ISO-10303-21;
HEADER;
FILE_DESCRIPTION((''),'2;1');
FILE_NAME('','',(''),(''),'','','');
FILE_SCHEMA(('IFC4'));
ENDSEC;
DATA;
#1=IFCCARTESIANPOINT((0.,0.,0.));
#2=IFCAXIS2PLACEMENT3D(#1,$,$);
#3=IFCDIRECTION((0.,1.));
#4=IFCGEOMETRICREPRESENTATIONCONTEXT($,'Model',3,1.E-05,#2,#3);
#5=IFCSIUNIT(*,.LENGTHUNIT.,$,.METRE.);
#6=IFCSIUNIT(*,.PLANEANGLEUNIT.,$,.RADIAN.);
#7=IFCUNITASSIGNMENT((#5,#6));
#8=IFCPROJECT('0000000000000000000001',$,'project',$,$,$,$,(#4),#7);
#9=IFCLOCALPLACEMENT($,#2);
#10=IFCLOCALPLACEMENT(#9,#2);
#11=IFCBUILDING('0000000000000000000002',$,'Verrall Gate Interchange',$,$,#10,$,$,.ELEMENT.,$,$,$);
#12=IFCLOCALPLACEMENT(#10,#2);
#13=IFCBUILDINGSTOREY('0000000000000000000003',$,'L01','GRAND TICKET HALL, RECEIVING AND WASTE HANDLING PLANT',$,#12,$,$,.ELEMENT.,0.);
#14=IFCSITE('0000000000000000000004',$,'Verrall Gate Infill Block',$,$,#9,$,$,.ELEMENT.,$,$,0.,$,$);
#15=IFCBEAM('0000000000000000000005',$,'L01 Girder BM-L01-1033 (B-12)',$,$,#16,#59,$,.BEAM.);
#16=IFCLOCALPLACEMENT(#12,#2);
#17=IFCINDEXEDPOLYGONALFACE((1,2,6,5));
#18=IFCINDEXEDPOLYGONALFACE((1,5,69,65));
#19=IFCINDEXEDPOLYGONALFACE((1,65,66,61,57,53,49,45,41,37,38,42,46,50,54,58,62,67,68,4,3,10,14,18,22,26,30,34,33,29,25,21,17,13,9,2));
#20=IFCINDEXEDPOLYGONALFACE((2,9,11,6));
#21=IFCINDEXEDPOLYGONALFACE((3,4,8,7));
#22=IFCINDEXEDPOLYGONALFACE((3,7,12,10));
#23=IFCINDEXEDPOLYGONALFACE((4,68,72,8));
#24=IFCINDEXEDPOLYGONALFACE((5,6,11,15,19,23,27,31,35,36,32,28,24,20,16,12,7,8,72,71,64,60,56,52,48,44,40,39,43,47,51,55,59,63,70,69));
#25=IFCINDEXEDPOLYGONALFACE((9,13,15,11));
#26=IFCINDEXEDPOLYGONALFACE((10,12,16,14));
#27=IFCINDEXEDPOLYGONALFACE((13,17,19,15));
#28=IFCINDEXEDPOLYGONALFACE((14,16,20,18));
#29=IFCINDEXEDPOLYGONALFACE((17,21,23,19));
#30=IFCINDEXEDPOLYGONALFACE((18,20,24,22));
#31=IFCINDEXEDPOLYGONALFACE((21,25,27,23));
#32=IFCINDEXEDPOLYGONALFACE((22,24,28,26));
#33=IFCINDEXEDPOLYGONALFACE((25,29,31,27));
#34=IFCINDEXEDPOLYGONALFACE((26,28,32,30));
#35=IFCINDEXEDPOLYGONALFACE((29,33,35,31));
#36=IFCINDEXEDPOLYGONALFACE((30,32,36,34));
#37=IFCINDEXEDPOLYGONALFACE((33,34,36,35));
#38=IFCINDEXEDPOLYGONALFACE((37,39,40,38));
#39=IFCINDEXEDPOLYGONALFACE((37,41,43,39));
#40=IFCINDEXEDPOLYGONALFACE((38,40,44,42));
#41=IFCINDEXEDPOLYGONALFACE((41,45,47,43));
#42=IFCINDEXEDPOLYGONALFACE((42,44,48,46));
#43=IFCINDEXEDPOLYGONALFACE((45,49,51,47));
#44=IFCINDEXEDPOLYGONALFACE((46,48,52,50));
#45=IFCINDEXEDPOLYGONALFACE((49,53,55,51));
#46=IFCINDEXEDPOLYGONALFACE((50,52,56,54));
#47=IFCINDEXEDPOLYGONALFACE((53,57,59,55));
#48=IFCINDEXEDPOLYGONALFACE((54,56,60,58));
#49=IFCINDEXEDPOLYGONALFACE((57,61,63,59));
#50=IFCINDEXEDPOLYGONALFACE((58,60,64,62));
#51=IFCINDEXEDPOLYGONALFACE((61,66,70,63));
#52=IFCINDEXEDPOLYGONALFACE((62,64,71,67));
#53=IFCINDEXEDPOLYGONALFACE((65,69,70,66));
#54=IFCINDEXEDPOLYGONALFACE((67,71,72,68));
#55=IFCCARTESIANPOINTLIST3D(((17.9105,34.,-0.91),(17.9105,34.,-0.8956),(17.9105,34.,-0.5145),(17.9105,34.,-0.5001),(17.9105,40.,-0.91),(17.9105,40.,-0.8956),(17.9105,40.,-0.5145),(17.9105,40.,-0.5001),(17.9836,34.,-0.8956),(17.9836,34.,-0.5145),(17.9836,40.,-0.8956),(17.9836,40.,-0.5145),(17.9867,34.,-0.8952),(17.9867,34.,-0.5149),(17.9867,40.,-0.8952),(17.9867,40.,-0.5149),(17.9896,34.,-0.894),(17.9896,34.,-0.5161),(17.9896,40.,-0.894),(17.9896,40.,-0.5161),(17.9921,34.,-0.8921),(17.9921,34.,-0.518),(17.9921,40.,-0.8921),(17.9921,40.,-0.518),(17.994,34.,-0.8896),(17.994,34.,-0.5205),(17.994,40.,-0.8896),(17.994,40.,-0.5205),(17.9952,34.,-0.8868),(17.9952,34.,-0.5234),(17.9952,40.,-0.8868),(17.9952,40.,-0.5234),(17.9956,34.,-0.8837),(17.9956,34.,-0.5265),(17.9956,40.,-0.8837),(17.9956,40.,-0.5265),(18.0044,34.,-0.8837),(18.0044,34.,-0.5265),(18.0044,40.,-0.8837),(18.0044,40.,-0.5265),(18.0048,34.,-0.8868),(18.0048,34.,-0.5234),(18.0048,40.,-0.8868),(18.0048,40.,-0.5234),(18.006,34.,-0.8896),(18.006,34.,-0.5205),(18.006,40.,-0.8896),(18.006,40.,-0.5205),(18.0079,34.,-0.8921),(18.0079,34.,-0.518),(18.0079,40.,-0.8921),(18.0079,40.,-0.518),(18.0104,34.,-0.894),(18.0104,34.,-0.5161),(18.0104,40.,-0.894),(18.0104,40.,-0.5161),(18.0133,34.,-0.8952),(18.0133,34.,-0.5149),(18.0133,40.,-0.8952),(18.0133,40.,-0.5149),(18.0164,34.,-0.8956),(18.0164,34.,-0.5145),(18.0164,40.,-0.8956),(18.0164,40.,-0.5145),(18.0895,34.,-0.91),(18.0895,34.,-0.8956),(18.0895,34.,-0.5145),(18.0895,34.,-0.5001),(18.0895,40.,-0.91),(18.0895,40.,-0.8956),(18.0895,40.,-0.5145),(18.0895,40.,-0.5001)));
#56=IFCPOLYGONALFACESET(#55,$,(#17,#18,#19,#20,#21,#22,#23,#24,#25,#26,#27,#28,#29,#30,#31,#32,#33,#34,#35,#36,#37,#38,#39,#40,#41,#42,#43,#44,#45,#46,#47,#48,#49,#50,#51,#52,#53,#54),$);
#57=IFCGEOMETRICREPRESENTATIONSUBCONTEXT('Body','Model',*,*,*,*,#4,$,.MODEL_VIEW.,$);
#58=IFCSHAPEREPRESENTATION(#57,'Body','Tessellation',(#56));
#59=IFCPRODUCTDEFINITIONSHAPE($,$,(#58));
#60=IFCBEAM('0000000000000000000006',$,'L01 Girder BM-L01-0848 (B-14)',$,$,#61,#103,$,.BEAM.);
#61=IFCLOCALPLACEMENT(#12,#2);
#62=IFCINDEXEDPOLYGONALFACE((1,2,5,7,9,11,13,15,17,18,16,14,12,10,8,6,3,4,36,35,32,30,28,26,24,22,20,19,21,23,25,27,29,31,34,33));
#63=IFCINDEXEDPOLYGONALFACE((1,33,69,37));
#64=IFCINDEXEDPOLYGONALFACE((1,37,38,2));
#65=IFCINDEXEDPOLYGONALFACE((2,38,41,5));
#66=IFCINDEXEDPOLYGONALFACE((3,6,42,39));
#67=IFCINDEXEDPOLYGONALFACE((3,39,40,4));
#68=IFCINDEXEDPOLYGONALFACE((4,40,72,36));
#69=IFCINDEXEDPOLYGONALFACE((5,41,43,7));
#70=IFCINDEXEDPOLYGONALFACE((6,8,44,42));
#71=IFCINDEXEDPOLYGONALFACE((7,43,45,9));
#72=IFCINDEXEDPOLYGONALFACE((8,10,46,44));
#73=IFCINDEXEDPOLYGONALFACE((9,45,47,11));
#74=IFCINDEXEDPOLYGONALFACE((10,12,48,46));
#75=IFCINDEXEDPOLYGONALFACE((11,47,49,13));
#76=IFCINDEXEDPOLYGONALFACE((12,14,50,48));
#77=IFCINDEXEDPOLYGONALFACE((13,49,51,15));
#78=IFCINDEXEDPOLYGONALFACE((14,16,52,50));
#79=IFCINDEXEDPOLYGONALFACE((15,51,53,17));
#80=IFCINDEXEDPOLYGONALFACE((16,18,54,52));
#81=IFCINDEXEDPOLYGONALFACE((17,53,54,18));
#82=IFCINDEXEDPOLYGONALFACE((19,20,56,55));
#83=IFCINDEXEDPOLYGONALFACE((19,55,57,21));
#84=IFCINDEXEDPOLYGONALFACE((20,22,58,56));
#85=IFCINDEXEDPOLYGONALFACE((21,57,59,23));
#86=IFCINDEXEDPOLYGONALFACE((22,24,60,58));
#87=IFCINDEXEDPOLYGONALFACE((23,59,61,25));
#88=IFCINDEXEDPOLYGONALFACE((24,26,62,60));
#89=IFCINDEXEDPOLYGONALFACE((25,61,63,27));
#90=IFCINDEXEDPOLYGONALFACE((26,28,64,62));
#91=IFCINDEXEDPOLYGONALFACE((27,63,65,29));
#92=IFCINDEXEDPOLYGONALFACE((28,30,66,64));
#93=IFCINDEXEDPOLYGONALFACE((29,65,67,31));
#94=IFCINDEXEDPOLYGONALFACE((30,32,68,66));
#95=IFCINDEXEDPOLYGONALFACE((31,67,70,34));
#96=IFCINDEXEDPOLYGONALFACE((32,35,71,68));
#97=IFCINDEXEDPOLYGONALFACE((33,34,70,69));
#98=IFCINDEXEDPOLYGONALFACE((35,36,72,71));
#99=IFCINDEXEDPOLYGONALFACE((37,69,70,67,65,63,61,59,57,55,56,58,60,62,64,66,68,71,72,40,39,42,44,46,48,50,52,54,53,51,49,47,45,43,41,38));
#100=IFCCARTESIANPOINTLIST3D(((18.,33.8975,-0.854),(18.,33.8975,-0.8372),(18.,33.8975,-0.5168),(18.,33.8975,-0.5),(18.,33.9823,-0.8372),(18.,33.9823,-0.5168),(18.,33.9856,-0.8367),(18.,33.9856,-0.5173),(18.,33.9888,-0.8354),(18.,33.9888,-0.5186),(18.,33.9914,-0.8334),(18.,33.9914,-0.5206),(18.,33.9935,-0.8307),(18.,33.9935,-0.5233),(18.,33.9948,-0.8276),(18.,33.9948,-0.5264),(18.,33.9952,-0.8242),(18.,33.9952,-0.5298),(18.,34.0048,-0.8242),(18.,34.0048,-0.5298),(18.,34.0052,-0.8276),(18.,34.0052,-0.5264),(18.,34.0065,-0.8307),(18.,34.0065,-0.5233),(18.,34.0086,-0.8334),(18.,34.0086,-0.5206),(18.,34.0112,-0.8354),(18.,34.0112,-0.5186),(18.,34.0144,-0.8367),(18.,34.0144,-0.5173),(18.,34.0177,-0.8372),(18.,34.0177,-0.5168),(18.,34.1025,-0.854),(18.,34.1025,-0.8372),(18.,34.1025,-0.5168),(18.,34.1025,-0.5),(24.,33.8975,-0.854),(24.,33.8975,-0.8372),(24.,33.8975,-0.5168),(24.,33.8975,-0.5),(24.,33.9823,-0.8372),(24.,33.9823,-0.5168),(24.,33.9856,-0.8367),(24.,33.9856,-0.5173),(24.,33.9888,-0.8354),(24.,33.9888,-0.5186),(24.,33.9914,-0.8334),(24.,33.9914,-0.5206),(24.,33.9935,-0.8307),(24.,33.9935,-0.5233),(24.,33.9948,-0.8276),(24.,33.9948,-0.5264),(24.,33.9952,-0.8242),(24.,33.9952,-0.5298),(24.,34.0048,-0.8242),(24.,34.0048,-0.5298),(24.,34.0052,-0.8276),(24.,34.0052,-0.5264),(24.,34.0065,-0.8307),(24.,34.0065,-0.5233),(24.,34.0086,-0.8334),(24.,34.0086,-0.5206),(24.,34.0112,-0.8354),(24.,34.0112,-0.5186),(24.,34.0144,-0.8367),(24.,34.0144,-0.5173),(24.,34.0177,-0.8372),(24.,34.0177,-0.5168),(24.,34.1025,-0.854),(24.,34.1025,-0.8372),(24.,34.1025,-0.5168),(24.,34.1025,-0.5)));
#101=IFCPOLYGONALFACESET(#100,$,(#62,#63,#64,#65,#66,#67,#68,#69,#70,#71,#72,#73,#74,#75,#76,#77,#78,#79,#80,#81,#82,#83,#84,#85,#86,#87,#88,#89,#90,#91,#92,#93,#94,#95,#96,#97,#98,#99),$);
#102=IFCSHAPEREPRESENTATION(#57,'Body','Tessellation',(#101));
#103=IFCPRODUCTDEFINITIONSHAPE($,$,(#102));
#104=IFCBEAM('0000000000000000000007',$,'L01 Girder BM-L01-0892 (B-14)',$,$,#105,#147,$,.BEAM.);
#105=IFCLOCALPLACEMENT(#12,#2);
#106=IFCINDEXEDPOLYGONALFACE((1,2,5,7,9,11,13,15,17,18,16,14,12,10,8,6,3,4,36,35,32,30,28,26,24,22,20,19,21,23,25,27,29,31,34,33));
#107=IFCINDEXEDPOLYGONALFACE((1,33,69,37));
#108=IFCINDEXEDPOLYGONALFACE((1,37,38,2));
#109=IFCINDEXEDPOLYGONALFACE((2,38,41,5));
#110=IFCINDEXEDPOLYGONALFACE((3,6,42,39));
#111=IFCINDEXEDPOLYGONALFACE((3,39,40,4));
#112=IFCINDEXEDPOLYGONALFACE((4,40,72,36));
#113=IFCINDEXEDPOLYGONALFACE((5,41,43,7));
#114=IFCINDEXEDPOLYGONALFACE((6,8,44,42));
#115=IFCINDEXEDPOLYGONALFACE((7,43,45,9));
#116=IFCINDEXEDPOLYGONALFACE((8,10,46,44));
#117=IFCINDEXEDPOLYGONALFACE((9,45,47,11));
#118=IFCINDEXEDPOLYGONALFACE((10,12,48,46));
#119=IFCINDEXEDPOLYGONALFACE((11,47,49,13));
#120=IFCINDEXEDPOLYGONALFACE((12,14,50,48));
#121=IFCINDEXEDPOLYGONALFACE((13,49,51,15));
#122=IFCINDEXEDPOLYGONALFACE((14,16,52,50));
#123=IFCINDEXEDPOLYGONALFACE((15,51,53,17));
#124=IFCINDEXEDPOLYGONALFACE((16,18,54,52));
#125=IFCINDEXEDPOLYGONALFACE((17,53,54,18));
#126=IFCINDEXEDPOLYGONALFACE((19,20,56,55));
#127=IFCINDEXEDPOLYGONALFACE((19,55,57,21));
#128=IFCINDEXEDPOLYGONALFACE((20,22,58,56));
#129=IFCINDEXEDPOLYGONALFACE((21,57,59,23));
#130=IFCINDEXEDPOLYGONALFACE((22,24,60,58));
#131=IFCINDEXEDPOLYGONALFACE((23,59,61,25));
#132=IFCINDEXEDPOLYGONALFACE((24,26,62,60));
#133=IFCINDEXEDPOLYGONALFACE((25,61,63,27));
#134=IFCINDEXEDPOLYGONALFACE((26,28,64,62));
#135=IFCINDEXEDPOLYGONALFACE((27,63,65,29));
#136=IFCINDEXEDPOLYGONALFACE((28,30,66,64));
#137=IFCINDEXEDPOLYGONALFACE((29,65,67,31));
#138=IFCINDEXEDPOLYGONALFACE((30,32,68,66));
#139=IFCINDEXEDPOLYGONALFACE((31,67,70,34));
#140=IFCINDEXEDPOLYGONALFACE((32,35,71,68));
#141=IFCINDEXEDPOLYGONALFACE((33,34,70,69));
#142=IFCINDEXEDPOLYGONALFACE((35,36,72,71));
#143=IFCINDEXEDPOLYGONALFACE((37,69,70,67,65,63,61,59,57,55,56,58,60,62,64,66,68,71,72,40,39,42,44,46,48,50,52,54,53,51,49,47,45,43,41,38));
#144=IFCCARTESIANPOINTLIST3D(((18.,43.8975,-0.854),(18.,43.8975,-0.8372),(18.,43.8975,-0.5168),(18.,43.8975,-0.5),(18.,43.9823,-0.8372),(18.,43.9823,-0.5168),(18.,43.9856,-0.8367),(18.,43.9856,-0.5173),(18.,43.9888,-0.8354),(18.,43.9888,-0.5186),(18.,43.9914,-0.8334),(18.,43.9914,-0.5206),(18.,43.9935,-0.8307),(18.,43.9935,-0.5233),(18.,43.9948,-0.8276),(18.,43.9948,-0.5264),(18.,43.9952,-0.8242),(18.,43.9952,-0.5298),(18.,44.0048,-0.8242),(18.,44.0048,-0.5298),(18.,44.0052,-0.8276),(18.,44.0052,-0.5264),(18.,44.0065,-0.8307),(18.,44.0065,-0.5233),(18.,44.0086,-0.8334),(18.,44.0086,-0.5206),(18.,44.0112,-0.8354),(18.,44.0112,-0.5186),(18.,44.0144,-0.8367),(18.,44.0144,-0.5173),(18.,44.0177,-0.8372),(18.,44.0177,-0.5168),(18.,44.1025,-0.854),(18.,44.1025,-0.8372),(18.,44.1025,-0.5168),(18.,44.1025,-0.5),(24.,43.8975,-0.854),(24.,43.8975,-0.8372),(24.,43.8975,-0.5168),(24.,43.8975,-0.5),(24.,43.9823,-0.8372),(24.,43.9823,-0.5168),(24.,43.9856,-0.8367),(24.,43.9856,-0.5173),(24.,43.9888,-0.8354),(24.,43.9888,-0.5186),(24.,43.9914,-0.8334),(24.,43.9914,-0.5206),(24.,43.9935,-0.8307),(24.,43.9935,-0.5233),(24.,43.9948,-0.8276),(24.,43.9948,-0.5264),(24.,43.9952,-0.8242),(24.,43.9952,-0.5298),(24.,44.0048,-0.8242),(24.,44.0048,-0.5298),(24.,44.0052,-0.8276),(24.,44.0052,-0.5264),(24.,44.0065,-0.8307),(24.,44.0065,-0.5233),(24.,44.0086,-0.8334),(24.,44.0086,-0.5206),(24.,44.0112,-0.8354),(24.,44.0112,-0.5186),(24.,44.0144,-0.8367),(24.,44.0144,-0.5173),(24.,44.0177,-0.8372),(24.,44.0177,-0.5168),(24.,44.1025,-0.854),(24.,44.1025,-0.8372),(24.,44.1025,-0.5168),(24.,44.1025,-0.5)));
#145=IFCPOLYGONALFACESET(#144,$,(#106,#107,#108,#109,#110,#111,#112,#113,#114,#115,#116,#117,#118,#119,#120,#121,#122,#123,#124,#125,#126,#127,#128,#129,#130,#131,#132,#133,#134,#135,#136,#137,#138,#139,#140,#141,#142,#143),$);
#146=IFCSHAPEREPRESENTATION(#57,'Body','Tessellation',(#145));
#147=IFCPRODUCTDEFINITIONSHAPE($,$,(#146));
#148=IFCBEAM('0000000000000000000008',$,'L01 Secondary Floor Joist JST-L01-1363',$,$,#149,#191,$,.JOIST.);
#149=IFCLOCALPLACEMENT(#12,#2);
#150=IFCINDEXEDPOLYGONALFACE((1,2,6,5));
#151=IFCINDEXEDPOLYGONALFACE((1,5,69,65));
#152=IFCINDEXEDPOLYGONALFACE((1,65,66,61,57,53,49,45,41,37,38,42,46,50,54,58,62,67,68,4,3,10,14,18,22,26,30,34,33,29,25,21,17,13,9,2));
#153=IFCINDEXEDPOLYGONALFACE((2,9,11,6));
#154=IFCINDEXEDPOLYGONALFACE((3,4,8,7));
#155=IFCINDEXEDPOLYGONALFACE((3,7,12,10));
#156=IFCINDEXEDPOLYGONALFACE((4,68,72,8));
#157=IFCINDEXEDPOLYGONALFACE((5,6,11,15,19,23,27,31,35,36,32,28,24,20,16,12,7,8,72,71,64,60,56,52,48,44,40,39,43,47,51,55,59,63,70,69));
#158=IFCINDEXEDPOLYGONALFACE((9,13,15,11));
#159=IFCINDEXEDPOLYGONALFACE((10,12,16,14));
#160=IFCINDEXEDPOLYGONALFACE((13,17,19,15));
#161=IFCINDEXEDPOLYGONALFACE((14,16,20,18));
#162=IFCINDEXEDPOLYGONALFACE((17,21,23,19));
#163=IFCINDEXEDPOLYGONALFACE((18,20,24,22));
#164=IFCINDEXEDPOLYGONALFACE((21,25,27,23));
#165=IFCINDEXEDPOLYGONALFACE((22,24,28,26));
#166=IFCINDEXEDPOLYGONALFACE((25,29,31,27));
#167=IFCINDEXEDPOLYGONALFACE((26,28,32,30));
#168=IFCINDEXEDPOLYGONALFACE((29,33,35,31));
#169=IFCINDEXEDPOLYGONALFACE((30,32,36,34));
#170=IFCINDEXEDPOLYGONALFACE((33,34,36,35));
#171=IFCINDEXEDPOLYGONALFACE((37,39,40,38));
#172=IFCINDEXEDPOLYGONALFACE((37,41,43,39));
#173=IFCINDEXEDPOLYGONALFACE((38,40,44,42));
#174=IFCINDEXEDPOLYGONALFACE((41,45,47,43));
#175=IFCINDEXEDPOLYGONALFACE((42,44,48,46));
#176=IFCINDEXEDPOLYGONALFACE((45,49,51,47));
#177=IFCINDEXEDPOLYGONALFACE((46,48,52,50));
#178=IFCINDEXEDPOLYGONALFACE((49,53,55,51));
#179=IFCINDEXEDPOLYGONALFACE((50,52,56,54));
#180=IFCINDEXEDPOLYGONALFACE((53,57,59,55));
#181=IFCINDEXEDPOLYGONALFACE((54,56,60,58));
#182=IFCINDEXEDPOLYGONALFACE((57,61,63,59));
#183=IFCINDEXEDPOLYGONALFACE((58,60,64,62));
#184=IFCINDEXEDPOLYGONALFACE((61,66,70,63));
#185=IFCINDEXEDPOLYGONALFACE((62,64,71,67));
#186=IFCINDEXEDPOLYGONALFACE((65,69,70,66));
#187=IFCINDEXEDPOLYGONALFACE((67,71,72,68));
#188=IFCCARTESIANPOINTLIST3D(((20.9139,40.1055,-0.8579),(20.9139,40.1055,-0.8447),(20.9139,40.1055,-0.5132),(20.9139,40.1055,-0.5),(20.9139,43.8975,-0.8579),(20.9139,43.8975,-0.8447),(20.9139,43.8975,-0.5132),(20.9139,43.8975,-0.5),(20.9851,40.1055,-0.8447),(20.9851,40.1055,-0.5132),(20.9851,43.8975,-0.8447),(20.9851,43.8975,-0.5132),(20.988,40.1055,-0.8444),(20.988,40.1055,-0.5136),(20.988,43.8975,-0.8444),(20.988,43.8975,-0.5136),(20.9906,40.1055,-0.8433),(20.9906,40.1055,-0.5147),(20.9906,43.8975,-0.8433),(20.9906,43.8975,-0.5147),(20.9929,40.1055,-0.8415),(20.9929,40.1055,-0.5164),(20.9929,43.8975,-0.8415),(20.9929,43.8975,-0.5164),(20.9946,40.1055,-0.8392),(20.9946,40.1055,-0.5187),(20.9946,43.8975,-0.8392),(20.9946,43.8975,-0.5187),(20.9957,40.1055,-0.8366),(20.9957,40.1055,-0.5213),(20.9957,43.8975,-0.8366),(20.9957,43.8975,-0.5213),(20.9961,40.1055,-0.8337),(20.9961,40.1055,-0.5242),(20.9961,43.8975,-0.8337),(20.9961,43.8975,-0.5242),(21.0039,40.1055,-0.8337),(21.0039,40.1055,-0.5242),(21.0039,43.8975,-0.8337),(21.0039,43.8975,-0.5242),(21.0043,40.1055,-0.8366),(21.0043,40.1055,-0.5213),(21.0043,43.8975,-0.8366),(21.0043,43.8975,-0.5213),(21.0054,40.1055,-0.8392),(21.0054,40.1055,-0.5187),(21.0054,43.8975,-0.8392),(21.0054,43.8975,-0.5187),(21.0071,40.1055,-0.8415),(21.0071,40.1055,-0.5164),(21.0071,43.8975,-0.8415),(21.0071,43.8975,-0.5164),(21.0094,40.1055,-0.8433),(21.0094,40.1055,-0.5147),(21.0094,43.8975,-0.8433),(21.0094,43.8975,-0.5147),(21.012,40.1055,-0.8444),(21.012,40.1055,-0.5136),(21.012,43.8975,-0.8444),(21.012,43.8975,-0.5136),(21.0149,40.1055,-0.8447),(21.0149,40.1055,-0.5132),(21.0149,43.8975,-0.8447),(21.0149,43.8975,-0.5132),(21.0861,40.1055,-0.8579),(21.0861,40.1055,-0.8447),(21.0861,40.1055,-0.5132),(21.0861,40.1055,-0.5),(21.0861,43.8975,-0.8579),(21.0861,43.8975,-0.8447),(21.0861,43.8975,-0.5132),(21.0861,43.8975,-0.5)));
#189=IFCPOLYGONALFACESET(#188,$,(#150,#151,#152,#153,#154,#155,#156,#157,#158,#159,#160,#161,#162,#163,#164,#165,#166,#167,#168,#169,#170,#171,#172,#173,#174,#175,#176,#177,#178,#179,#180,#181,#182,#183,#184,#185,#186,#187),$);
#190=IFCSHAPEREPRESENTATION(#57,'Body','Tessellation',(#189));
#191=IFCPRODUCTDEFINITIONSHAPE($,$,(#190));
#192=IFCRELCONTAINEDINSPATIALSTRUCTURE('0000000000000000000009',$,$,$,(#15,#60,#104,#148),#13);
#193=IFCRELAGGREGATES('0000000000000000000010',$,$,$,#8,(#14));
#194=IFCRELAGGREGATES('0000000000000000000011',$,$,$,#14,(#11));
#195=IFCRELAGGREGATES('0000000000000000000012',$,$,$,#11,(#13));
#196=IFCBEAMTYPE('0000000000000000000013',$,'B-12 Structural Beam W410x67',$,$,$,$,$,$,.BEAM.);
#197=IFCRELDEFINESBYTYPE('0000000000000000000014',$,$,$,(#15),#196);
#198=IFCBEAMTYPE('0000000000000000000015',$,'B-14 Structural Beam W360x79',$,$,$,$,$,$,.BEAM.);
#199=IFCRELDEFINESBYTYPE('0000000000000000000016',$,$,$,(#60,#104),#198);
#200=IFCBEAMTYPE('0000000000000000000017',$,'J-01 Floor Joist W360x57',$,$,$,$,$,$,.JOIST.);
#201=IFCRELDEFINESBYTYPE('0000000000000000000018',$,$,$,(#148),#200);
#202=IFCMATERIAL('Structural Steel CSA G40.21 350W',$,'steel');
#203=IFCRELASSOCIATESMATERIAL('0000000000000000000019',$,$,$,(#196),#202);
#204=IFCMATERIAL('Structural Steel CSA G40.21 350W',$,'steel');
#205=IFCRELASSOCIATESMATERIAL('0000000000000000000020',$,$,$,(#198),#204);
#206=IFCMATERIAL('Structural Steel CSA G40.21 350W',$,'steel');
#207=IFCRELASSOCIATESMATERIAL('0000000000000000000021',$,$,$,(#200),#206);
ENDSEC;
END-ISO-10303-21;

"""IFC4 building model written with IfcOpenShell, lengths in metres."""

from ifc_helpers import new_model, si_unit, direction, frame, origin, origin_2d, place, context, subcontext, project, spatial, i_section, extrude, material, material_profile, profile_set, type_object, element, save


model = new_model("IFC4")

# Units and contexts
model_context = context("Model", 3, precision=1e-05, world=origin(), true_north=direction((0.0, 1.0)))
body_context = subcontext(model_context, "Body", "Model", "MODEL_VIEW")
ifc_project = project(units=[si_unit("LENGTHUNIT", "METRE"), si_unit("PLANEANGLEUNIT", "RADIAN")], contexts=[model_context])

# Site, building, storey
site_placement = place(None, origin())
site = spatial("IfcSite", under=ifc_project, at=site_placement, Name="Verrall Gate Infill Block", CompositionType="ELEMENT", RefElevation=0.0)
building_placement = place(site_placement, origin())
building = spatial("IfcBuilding", under=site, at=building_placement, Name="Verrall Gate Interchange", CompositionType="ELEMENT")
storey_placement = place(building_placement, origin())
storey = spatial("IfcBuildingStorey", under=building, at=storey_placement, Name="L01", Description="GRAND TICKET HALL, RECEIVING AND WASTE HANDLING PLANT", CompositionType="ELEMENT", Elevation=0.0)

# Beams
ifc_material_1 = material(Name="Structural Steel CSA G40.21 350W", Category="steel")
ifc_material_profile_1 = material_profile(ifc_material_1, i_section(OverallWidth=0.179, OverallDepth=0.4099, WebThickness=0.0088, FlangeThickness=0.0144, FilletRadius=0.012, at=origin_2d()), Name="W410x67")
ifc_profile_set_1 = profile_set([ifc_material_profile_1], Name="Structural Steel CSA G40.21 350W")
beam_type_1 = type_object("IfcBeamType", Name="B-12 Structural Beam W410x67", PredefinedType="BEAM", material=ifc_profile_set_1)
beam_1_placement = place(storey_placement, frame((18.0, 34.0, -0.7051), z_axis=(0.0, 1.0, 0.0), x_axis=(-1.0, 0.0, 0.0)))
element("IfcBeam", 1, at=beam_1_placement, inside=storey, type_object=beam_type_1, Name="L01 Girder BM-L01-1033 (B-12)", PredefinedType="BEAM", context=body_context, shape_type="SweptSolid", body=[
    extrude(i_section(OverallWidth=0.179, OverallDepth=0.4099, WebThickness=0.0088, FlangeThickness=0.0144, FilletRadius=0.012, at=origin_2d()), origin(), (0.0, 0.0, 1.0), 6.0),
])
ifc_material_2 = material(Name="Structural Steel CSA G40.21 350W", Category="steel")
ifc_material_profile_2 = material_profile(ifc_material_2, i_section(OverallWidth=0.2051, OverallDepth=0.354, WebThickness=0.0095, FlangeThickness=0.0168, FilletRadius=0.0129, at=origin_2d()), Name="W360x79")
ifc_profile_set_2 = profile_set([ifc_material_profile_2], Name="Structural Steel CSA G40.21 350W")
beam_type_2 = type_object("IfcBeamType", Name="B-14 Structural Beam W360x79", PredefinedType="BEAM", material=ifc_profile_set_2)
for number, where, z_axis, x_axis, name in (
    (2, (18.0, 34.0, -0.677), (1.0, 0.0, 0.0), (0.0, 1.0, 0.0), "L01 Girder BM-L01-0848 (B-14)"),
    (3, (18.0, 44.0, -0.677), (1.0, 0.0, 0.0), (0.0, 1.0, 0.0), "L01 Girder BM-L01-0892 (B-14)"),
):
    element("IfcBeam", number, at=place(storey_placement, frame(where, z_axis=z_axis, x_axis=x_axis)), inside=storey, type_object=beam_type_2, Name=name, PredefinedType="BEAM", context=body_context, shape_type="SweptSolid", body=[
        extrude(i_section(OverallWidth=0.2051, OverallDepth=0.354, WebThickness=0.0095, FlangeThickness=0.0168, FilletRadius=0.0129, at=origin_2d()), origin(), (0.0, 0.0, 1.0), 6.0),
    ])
ifc_material_3 = material(Name="Structural Steel CSA G40.21 350W", Category="steel")
ifc_material_profile_3 = material_profile(ifc_material_3, i_section(OverallWidth=0.1721, OverallDepth=0.3579, WebThickness=0.0078, FlangeThickness=0.0132, FilletRadius=0.011, at=origin_2d()), Name="W360x57")
ifc_profile_set_3 = profile_set([ifc_material_profile_3], Name="Structural Steel CSA G40.21 350W")
beam_type_3 = type_object("IfcBeamType", Name="J-01 Floor Joist W360x57", PredefinedType="JOIST", material=ifc_profile_set_3)
beam_2_placement = place(storey_placement, frame((21.0, 40.1055, -0.679), z_axis=(0.0, 1.0, 0.0), x_axis=(-1.0, 0.0, 0.0)))
element("IfcBeam", 4, at=beam_2_placement, inside=storey, type_object=beam_type_3, Name="L01 Secondary Floor Joist JST-L01-1363", PredefinedType="JOIST", context=body_context, shape_type="SweptSolid", body=[
    extrude(i_section(OverallWidth=0.1721, OverallDepth=0.3579, WebThickness=0.0078, FlangeThickness=0.0132, FilletRadius=0.011, at=origin_2d()), origin(), (0.0, 0.0, 1.0), 3.792),
])

save(model, "model.ifc")
